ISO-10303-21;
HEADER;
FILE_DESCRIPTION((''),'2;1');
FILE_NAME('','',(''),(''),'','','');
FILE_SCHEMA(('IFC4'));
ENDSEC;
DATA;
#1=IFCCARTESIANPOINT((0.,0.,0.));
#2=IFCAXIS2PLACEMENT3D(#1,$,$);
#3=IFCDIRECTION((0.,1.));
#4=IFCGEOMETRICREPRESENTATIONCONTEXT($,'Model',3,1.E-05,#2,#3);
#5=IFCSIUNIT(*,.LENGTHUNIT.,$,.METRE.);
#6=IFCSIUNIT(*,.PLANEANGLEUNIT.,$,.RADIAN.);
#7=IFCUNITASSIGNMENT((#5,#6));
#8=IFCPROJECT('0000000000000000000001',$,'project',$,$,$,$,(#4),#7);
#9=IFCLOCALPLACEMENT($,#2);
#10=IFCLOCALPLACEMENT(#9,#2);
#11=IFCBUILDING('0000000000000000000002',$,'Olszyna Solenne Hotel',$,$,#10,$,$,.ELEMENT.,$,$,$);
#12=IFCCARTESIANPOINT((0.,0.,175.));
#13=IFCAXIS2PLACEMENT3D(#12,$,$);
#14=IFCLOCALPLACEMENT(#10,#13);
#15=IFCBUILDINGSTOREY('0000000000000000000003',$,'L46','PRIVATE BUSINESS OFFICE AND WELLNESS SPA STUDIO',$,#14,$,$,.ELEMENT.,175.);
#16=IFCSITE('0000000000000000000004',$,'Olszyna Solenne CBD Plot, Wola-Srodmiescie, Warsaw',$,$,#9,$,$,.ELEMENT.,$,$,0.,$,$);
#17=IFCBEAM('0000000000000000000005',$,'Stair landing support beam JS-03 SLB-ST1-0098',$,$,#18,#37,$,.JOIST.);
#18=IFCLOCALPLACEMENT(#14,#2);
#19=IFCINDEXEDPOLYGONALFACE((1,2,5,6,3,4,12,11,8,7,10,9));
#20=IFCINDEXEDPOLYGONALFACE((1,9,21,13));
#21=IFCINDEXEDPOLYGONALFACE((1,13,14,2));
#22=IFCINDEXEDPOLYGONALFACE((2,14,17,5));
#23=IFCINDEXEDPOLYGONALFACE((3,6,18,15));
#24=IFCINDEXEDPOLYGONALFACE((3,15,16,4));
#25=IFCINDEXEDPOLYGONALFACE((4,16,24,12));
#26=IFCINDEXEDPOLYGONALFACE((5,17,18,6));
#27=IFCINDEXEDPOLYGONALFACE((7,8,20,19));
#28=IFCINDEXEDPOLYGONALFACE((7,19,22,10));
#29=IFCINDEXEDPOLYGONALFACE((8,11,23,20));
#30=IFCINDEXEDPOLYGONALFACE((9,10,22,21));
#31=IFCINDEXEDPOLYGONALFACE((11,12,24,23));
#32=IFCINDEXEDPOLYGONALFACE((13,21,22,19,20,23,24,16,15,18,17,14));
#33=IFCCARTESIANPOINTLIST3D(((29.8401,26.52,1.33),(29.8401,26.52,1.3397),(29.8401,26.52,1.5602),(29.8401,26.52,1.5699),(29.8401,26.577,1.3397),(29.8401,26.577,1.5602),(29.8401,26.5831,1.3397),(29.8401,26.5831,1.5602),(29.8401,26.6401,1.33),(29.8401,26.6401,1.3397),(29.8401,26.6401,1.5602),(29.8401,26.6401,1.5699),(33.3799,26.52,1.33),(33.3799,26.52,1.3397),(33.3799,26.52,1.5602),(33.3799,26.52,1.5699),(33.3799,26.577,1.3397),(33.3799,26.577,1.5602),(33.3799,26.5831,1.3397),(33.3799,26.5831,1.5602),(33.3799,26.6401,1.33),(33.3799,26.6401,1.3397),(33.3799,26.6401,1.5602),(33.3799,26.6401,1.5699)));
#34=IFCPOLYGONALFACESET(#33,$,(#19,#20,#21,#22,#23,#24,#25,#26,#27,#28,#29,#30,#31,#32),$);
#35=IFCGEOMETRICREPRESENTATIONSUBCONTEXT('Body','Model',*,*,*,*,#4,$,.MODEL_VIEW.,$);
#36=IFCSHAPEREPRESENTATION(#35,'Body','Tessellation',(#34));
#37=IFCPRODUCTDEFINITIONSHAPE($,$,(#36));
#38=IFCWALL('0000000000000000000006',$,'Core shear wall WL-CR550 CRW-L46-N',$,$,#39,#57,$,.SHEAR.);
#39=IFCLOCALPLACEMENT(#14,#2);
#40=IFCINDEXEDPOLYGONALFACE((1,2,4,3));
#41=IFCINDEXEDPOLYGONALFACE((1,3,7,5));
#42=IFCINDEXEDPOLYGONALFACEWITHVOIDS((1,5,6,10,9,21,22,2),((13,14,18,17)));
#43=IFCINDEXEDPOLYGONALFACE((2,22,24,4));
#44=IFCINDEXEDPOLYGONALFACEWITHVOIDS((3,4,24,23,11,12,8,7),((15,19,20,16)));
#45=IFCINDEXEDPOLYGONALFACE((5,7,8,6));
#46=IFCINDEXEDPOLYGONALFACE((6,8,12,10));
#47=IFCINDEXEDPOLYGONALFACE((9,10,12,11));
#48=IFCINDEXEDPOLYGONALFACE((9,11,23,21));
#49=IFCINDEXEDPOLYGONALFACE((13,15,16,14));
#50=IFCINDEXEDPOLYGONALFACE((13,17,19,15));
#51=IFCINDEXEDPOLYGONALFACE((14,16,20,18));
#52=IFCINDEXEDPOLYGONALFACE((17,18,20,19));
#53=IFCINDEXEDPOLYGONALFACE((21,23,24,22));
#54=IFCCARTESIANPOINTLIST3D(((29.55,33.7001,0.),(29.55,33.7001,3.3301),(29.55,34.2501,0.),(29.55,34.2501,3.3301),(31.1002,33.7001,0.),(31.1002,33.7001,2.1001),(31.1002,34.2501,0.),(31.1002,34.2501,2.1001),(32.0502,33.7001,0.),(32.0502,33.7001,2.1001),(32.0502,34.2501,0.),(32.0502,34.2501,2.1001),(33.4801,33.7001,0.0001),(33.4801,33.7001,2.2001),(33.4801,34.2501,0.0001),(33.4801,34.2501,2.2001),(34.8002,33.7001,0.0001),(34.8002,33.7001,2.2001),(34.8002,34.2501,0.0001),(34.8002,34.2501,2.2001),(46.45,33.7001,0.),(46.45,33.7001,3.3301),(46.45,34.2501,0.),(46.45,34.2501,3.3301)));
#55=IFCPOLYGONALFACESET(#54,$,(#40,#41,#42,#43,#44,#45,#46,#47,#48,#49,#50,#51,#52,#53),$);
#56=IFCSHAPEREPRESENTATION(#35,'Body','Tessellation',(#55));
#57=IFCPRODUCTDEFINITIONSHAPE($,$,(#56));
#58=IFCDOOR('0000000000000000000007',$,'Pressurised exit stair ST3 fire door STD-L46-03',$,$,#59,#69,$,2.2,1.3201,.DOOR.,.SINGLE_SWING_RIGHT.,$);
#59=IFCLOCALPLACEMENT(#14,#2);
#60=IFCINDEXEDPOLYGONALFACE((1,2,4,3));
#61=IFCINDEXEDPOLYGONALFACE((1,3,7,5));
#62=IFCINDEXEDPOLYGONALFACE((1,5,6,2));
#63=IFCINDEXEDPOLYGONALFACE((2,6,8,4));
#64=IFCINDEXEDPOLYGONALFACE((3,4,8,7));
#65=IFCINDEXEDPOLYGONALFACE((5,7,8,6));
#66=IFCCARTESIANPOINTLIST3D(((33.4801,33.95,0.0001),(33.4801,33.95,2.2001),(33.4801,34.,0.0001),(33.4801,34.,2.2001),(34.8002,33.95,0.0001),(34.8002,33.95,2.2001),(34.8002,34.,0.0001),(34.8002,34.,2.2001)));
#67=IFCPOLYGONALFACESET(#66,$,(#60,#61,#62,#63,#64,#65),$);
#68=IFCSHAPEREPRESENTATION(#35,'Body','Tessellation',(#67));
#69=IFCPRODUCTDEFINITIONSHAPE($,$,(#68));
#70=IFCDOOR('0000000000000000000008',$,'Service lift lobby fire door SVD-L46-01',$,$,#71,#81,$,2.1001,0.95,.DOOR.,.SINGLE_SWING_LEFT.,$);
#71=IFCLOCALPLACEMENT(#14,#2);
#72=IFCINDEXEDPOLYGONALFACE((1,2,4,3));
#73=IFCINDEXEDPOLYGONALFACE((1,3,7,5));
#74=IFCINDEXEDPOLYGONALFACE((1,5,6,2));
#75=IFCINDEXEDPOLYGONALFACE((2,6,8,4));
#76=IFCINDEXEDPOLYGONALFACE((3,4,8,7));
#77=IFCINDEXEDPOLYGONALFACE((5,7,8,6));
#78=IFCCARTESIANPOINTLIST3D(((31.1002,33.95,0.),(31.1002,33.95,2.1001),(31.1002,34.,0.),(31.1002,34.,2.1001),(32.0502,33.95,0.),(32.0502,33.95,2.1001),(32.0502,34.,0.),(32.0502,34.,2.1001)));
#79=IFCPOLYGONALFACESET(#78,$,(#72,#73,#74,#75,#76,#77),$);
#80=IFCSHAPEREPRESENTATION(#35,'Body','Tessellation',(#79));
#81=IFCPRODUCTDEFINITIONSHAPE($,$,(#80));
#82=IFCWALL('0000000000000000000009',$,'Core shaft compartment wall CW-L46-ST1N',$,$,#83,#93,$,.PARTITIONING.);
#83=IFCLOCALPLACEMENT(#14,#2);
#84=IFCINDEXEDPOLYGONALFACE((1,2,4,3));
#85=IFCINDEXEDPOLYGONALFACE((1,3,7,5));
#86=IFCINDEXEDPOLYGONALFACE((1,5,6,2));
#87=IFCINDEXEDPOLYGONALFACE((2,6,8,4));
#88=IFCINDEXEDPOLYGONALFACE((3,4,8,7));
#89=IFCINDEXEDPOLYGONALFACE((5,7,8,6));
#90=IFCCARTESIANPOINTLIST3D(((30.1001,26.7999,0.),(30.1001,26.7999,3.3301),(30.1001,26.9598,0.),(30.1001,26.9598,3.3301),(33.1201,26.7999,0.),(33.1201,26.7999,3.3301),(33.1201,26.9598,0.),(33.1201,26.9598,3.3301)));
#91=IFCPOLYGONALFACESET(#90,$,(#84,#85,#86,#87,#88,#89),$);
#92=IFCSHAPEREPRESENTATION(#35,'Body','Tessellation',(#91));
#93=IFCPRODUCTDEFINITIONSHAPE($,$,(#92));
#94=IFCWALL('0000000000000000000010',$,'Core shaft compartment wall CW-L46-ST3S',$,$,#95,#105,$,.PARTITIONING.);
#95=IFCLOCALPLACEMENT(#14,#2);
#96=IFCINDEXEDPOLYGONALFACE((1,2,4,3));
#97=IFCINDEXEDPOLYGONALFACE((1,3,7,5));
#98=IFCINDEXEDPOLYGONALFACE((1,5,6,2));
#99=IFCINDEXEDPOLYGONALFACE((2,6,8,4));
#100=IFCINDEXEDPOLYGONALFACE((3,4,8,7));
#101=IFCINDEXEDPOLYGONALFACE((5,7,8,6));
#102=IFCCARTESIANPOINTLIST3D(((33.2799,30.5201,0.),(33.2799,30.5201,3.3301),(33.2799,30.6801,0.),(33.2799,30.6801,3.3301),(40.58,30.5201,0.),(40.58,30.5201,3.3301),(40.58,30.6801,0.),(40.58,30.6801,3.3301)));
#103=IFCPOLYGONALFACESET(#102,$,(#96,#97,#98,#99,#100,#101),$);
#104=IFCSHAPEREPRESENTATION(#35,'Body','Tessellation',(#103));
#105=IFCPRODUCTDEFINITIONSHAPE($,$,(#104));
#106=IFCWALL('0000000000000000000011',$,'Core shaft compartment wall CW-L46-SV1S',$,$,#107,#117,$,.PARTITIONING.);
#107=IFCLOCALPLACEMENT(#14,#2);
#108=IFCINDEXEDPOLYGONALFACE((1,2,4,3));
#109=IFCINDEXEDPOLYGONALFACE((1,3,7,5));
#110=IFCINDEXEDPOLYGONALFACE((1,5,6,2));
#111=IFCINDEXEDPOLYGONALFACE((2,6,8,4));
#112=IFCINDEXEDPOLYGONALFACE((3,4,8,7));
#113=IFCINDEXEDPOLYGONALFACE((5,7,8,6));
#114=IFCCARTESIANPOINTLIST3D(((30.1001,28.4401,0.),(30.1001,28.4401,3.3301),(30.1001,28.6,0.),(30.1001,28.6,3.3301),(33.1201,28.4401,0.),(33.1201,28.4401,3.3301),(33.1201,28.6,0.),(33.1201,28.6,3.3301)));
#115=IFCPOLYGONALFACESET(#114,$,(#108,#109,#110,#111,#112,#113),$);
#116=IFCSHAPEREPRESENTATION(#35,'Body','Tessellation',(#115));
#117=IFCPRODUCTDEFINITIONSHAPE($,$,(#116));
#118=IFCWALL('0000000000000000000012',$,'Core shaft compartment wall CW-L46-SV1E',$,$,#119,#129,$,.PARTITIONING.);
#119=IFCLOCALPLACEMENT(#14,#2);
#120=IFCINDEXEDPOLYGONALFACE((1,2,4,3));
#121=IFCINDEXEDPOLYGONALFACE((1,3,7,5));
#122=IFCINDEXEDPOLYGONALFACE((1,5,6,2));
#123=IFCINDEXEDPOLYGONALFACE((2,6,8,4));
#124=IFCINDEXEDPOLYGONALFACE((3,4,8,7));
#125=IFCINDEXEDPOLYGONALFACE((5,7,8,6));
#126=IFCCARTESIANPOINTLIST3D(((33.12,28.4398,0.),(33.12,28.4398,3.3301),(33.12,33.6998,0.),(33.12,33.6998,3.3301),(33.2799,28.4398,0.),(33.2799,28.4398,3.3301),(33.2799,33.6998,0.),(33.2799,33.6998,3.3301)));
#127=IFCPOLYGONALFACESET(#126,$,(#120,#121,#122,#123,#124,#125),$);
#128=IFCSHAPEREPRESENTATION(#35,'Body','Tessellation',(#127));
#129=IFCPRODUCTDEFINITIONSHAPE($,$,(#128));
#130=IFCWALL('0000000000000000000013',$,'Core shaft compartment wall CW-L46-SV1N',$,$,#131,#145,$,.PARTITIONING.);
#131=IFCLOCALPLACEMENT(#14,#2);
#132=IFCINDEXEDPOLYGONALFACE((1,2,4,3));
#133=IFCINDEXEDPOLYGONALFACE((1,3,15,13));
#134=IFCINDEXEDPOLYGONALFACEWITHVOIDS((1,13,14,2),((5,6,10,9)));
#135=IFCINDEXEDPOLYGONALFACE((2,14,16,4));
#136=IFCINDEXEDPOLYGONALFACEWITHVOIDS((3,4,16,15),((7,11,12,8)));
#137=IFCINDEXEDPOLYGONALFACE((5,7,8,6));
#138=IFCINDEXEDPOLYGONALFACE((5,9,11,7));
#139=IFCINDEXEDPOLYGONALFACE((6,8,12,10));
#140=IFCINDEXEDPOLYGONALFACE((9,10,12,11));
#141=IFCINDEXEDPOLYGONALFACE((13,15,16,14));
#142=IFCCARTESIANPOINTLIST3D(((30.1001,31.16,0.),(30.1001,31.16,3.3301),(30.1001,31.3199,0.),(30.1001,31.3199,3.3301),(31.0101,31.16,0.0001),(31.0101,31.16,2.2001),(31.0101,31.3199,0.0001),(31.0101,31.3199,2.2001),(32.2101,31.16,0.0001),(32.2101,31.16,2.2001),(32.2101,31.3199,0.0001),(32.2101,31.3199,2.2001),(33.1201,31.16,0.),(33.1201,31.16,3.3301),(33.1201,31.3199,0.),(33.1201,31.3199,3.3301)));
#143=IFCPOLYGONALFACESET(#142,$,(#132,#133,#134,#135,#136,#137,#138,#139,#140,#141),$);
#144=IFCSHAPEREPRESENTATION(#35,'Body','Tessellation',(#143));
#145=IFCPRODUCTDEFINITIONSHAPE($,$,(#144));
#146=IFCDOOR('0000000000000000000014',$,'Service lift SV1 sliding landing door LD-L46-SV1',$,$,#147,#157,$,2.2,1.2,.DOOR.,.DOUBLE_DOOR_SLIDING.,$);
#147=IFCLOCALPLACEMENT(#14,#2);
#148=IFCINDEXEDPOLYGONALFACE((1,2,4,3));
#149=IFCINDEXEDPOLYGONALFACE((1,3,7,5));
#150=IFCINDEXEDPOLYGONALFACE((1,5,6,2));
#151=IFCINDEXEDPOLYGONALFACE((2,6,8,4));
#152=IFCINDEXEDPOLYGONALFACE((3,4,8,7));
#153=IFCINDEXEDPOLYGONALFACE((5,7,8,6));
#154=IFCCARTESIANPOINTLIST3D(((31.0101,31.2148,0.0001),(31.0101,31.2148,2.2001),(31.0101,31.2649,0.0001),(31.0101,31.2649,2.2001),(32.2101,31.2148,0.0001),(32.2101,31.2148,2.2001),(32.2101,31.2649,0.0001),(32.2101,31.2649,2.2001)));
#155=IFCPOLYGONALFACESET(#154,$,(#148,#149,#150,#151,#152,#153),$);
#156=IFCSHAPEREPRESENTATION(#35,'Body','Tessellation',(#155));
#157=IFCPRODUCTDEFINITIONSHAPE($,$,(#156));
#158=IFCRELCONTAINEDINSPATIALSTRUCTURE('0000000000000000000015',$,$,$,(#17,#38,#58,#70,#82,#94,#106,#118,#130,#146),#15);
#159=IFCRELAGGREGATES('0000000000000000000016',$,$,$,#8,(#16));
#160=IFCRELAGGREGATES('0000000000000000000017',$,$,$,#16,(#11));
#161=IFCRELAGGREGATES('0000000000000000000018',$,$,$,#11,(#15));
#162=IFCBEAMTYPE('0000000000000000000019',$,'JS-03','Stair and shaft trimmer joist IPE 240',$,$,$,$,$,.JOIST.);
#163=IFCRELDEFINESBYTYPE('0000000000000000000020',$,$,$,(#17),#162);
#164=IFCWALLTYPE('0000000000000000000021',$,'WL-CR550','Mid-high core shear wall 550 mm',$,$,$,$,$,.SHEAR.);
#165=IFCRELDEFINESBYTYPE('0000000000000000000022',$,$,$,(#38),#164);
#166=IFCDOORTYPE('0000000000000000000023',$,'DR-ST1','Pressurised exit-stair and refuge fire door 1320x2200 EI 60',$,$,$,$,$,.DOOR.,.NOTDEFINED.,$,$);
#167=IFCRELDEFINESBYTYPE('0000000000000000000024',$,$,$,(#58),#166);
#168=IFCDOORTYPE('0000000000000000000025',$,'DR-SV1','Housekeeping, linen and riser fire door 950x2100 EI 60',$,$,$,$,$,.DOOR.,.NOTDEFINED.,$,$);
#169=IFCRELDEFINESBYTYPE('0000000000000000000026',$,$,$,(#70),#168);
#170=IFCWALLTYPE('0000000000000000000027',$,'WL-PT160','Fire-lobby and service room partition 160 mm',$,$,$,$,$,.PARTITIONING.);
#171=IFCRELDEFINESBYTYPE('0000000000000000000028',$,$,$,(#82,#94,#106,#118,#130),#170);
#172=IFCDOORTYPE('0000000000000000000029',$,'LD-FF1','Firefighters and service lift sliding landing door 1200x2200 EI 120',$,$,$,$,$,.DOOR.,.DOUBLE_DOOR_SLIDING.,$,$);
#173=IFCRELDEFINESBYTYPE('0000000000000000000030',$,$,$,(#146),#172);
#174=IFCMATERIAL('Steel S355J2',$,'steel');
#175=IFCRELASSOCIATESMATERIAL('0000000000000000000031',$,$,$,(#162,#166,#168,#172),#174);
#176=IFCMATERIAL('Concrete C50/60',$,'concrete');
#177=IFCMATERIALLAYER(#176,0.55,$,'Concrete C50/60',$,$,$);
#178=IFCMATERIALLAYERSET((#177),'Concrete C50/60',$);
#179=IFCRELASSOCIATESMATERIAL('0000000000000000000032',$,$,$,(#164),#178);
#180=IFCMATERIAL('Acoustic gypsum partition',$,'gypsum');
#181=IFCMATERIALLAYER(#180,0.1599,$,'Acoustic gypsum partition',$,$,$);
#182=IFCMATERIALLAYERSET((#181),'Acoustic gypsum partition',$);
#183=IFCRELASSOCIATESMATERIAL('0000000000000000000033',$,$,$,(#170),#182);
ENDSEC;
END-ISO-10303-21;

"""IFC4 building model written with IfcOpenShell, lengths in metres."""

from ifc_helpers import new_model, si_unit, direction, frame, frame_2d, origin, origin_2d, place, context, subcontext, project, spatial, rectangle, i_section, extrude, source, transform, mapped, material, layer, layer_set, material_profile, profile_set, type_object, type_shapes, element, fill, save


model = new_model("IFC4")

# Units and contexts
model_context = context("Model", 3, precision=1e-05, world=origin(), true_north=direction((0.0, 1.0)))
body_context = subcontext(model_context, "Body", "Model", "MODEL_VIEW")
ifc_project = project(units=[si_unit("LENGTHUNIT", "METRE"), si_unit("PLANEANGLEUNIT", "RADIAN")], contexts=[model_context])

# Site, building, storey
site_placement = place(None, origin())
site = spatial("IfcSite", under=ifc_project, at=site_placement, Name="Olszyna Solenne CBD Plot, Wola-Srodmiescie, Warsaw", CompositionType="ELEMENT", RefElevation=0.0)
building_placement = place(site_placement, origin())
building = spatial("IfcBuilding", under=site, at=building_placement, Name="Olszyna Solenne Hotel", CompositionType="ELEMENT")
storey_placement = place(building_placement, frame((0.0, 0.0, 175.0)))
storey = spatial("IfcBuildingStorey", under=building, at=storey_placement, Name="L46", Description="PRIVATE BUSINESS OFFICE AND WELLNESS SPA STUDIO", CompositionType="ELEMENT", Elevation=175.0)

# Beam
ifc_material_1 = material(Name="Steel S355J2", Category="steel")
ifc_material_profile = material_profile(ifc_material_1, i_section(OverallWidth=0.1201, OverallDepth=0.24, WebThickness=0.0061, FlangeThickness=0.0098, at=origin_2d()), Name="IPE 240", Category="load-bearing")
ifc_profile_set = profile_set([ifc_material_profile], Name="Steel S355J2")
beam_type = type_object("IfcBeamType", Name="JS-03", Description="Stair and shaft trimmer joist IPE 240", PredefinedType="JOIST", material=ifc_profile_set)
shared_shape_1 = source(origin(), body_context, "Body", "SweptSolid", [
    extrude(i_section(OverallWidth=0.1201, OverallDepth=0.24, WebThickness=0.0061, FlangeThickness=0.0098, at=origin_2d()), origin(), (0.0, 0.0, 1.0), 3.5398),
])
beam_placement = place(storey_placement, frame((33.3799, 26.5801, 1.45), z_axis=(-1.0, 0.0, 0.0), x_axis=(0.0, -1.0, 0.0)))
element("IfcBeam", 1, at=beam_placement, inside=storey, type_object=beam_type, Name="Stair landing support beam JS-03 SLB-ST1-0098", PredefinedType="JOIST", context=body_context, shape_type="MappedRepresentation", body=[
    mapped(shared_shape_1, transform((0.0, 0.0, 0.0), x_axis=(1.0, 0.0, 0.0), y_axis=(0.0, 1.0, 0.0), z_axis=(0.0, 0.0, 1.0), scale=1.0)),
])

# Wall, openings, doors
ifc_material_2 = material(Name="Concrete C50/60", Category="concrete")
ifc_layer_1 = layer(ifc_material_2, 0.55, Name="Concrete C50/60")
ifc_layer_set_1 = layer_set([ifc_layer_1], Name="Concrete C50/60")
wall_type_1 = type_object("IfcWallType", Name="WL-CR550", Description="Mid-high core shear wall 550 mm", PredefinedType="SHEAR", material=ifc_layer_set_1)
wall_1_placement = place(storey_placement, frame((29.55, 33.9751, 0.0), z_axis=(0.0, 0.0, 1.0), x_axis=(1.0, 0.0, 0.0)))
wall_1 = element("IfcWall", 2, at=wall_1_placement, inside=storey, type_object=wall_type_1, Name="Core shear wall WL-CR550 CRW-L46-N", PredefinedType="SHEAR", context=body_context, shape_type="SweptSolid", body=[
    extrude(rectangle(XDim=16.8999, YDim=0.55, at=frame_2d((8.45, 0.0))), origin(), (0.0, 0.0, 1.0), 3.3301),
])
opening_1_placement = place(wall_1_placement, frame((1.55, 0.0, 0.0)))
opening_1 = element("IfcOpeningElement", 3, at=opening_1_placement, cuts=wall_1, PredefinedType="OPENING", context=body_context, shape_type="SweptSolid", body=[
    extrude(rectangle(XDim=0.95, YDim=2.1001, at=frame_2d((0.4751, 1.05))), frame((0.0, 0.2852, 0.0), z_axis=(0.0, -1.0, 0.0), x_axis=(1.0, 0.0, 0.0)), (0.0, 0.0, 1.0), 0.5701),
])
opening_2_placement = place(wall_1_placement, frame((3.9299, 0.0, 0.0)))
opening_2 = element("IfcOpeningElement", 4, at=opening_2_placement, cuts=wall_1, PredefinedType="OPENING", context=body_context, shape_type="SweptSolid", body=[
    extrude(rectangle(XDim=1.3201, YDim=2.2, at=frame_2d((0.6602, 1.1001))), frame((0.0, 0.2852, 0.0), z_axis=(0.0, -1.0, 0.0), x_axis=(1.0, 0.0, 0.0)), (0.0, 0.0, 1.0), 0.5701),
])
door_type_1 = type_object("IfcDoorType", Name="DR-ST1", Description="Pressurised exit-stair and refuge fire door 1320x2200 EI 60", OperationType="NOTDEFINED", PredefinedType="DOOR", material=ifc_material_1)
shared_shape_2 = source(origin(), body_context, "Body", "SweptSolid", [
    extrude(rectangle(XDim=1.3201, YDim=2.2, at=frame_2d((0.6602, 1.1001))), frame((0.0, 0.0249, 0.0), z_axis=(0.0, -1.0, 0.0), x_axis=(1.0, 0.0, 0.0)), (0.0, 0.0, 1.0), 0.05),
])
type_shapes(door_type_1, [shared_shape_2])
door_1_placement = place(opening_2_placement, origin())
door_1 = element("IfcDoor", 5, at=door_1_placement, inside=storey, type_object=door_type_1, Name="Pressurised exit stair ST3 fire door STD-L46-03", OperationType="SINGLE_SWING_RIGHT", OverallHeight=2.2, OverallWidth=1.3201, PredefinedType="DOOR", context=body_context, shape_type="MappedRepresentation", body=[
    mapped(shared_shape_2, transform((0.0, 0.0, 0.0), x_axis=(1.0, 0.0, 0.0), y_axis=(0.0, 1.0, 0.0), z_axis=(0.0, 0.0, 1.0), scale=1.0)),
])
fill(opening_2, door_1)
door_type_2 = type_object("IfcDoorType", Name="DR-SV1", Description="Housekeeping, linen and riser fire door 950x2100 EI 60", OperationType="NOTDEFINED", PredefinedType="DOOR", material=ifc_material_1)
shared_shape_3 = source(origin(), body_context, "Body", "SweptSolid", [
    extrude(rectangle(XDim=0.95, YDim=2.1001, at=frame_2d((0.4751, 1.05))), frame((0.0, 0.0249, 0.0), z_axis=(0.0, -1.0, 0.0), x_axis=(1.0, 0.0, 0.0)), (0.0, 0.0, 1.0), 0.05),
])
type_shapes(door_type_2, [shared_shape_3])
door_2_placement = place(opening_1_placement, origin())
door_2 = element("IfcDoor", 6, at=door_2_placement, inside=storey, type_object=door_type_2, Name="Service lift lobby fire door SVD-L46-01", OperationType="SINGLE_SWING_LEFT", OverallHeight=2.1001, OverallWidth=0.95, PredefinedType="DOOR", context=body_context, shape_type="MappedRepresentation", body=[
    mapped(shared_shape_3, transform((0.0, 0.0, 0.0), x_axis=(1.0, 0.0, 0.0), y_axis=(0.0, 1.0, 0.0), z_axis=(0.0, 0.0, 1.0), scale=1.0)),
])
fill(opening_1, door_2)

# Walls
ifc_material_3 = material(Name="Acoustic gypsum partition", Category="gypsum")
ifc_layer_2 = layer(ifc_material_3, 0.1599, Name="Acoustic gypsum partition")
ifc_layer_set_2 = layer_set([ifc_layer_2], Name="Acoustic gypsum partition")
wall_type_2 = type_object("IfcWallType", Name="WL-PT160", Description="Fire-lobby and service room partition 160 mm", PredefinedType="PARTITIONING", material=ifc_layer_set_2)
wall_2_placement = place(storey_placement, frame((30.1001, 26.8799, 0.0), z_axis=(0.0, 0.0, 1.0), x_axis=(1.0, 0.0, 0.0)))
element("IfcWall", 7, at=wall_2_placement, inside=storey, type_object=wall_type_2, Name="Core shaft compartment wall CW-L46-ST1N", PredefinedType="PARTITIONING", context=body_context, shape_type="SweptSolid", body=[
    extrude(rectangle(XDim=3.02, YDim=0.1599, at=frame_2d((1.51, 0.0))), origin(), (0.0, 0.0, 1.0), 3.3301),
])
wall_3_placement = place(storey_placement, frame((33.28, 30.6001, 0.0), z_axis=(0.0, 0.0, 1.0), x_axis=(1.0, 0.0, 0.0)))
element("IfcWall", 8, at=wall_3_placement, inside=storey, type_object=wall_type_2, Name="Core shaft compartment wall CW-L46-ST3S", PredefinedType="PARTITIONING", context=body_context, shape_type="SweptSolid", body=[
    extrude(rectangle(XDim=7.3, YDim=0.1599, at=frame_2d((3.6499, 0.0))), origin(), (0.0, 0.0, 1.0), 3.3301),
])
wall_4_placement = place(storey_placement, frame((30.1001, 28.52, 0.0), z_axis=(0.0, 0.0, 1.0), x_axis=(1.0, 0.0, 0.0)))
element("IfcWall", 9, at=wall_4_placement, inside=storey, type_object=wall_type_2, Name="Core shaft compartment wall CW-L46-SV1S", PredefinedType="PARTITIONING", context=body_context, shape_type="SweptSolid", body=[
    extrude(rectangle(XDim=3.02, YDim=0.1599, at=frame_2d((1.51, 0.0))), origin(), (0.0, 0.0, 1.0), 3.3301),
])
wall_5_placement = place(storey_placement, frame((33.2, 28.4399, 0.0), z_axis=(0.0, 0.0, 1.0), x_axis=(0.0, 1.0, 0.0)))
element("IfcWall", 10, at=wall_5_placement, inside=storey, type_object=wall_type_2, Name="Core shaft compartment wall CW-L46-SV1E", PredefinedType="PARTITIONING", context=body_context, shape_type="SweptSolid", body=[
    extrude(rectangle(XDim=5.26, YDim=0.1599, at=frame_2d((2.6299, 0.0))), origin(), (0.0, 0.0, 1.0), 3.3301),
])

# Wall, opening, door
wall_6_placement = place(storey_placement, frame((30.1001, 31.24, 0.0), z_axis=(0.0, 0.0, 1.0), x_axis=(1.0, 0.0, 0.0)))
wall_6 = element("IfcWall", 11, at=wall_6_placement, inside=storey, type_object=wall_type_2, Name="Core shaft compartment wall CW-L46-SV1N", PredefinedType="PARTITIONING", context=body_context, shape_type="SweptSolid", body=[
    extrude(rectangle(XDim=3.02, YDim=0.1599, at=frame_2d((1.51, 0.0))), origin(), (0.0, 0.0, 1.0), 3.3301),
])
opening_3_placement = place(wall_6_placement, frame((0.9099, 0.0, 0.0)))
opening_3 = element("IfcOpeningElement", 12, at=opening_3_placement, cuts=wall_6, PredefinedType="OPENING", context=body_context, shape_type="SweptSolid", body=[
    extrude(rectangle(XDim=1.2, YDim=2.2, at=frame_2d((0.6001, 1.1001))), frame((0.0, 0.0898, 0.0), z_axis=(0.0, -1.0, 0.0), x_axis=(1.0, 0.0, 0.0)), (0.0, 0.0, 1.0), 0.1799),
])
door_type_3 = type_object("IfcDoorType", Name="LD-FF1", Description="Firefighters and service lift sliding landing door 1200x2200 EI 120", OperationType="DOUBLE_DOOR_SLIDING", PredefinedType="DOOR", material=ifc_material_1)
shared_shape_4 = source(origin(), body_context, "Body", "SweptSolid", [
    extrude(rectangle(XDim=1.2, YDim=2.2, at=frame_2d((0.6001, 1.1001))), frame((0.0, 0.0249, 0.0), z_axis=(0.0, -1.0, 0.0), x_axis=(1.0, 0.0, 0.0)), (0.0, 0.0, 1.0), 0.05),
])
type_shapes(door_type_3, [shared_shape_4])
door_3_placement = place(opening_3_placement, origin())
door_3 = element("IfcDoor", 13, at=door_3_placement, inside=storey, type_object=door_type_3, Name="Service lift SV1 sliding landing door LD-L46-SV1", OperationType="DOUBLE_DOOR_SLIDING", OverallHeight=2.2, OverallWidth=1.2, PredefinedType="DOOR", context=body_context, shape_type="MappedRepresentation", body=[
    mapped(shared_shape_4, transform((0.0, 0.0, 0.0), x_axis=(1.0, 0.0, 0.0), y_axis=(0.0, 1.0, 0.0), z_axis=(0.0, 0.0, 1.0), scale=1.0)),
])
fill(opening_3, door_3)

save(model, "model.ifc")
